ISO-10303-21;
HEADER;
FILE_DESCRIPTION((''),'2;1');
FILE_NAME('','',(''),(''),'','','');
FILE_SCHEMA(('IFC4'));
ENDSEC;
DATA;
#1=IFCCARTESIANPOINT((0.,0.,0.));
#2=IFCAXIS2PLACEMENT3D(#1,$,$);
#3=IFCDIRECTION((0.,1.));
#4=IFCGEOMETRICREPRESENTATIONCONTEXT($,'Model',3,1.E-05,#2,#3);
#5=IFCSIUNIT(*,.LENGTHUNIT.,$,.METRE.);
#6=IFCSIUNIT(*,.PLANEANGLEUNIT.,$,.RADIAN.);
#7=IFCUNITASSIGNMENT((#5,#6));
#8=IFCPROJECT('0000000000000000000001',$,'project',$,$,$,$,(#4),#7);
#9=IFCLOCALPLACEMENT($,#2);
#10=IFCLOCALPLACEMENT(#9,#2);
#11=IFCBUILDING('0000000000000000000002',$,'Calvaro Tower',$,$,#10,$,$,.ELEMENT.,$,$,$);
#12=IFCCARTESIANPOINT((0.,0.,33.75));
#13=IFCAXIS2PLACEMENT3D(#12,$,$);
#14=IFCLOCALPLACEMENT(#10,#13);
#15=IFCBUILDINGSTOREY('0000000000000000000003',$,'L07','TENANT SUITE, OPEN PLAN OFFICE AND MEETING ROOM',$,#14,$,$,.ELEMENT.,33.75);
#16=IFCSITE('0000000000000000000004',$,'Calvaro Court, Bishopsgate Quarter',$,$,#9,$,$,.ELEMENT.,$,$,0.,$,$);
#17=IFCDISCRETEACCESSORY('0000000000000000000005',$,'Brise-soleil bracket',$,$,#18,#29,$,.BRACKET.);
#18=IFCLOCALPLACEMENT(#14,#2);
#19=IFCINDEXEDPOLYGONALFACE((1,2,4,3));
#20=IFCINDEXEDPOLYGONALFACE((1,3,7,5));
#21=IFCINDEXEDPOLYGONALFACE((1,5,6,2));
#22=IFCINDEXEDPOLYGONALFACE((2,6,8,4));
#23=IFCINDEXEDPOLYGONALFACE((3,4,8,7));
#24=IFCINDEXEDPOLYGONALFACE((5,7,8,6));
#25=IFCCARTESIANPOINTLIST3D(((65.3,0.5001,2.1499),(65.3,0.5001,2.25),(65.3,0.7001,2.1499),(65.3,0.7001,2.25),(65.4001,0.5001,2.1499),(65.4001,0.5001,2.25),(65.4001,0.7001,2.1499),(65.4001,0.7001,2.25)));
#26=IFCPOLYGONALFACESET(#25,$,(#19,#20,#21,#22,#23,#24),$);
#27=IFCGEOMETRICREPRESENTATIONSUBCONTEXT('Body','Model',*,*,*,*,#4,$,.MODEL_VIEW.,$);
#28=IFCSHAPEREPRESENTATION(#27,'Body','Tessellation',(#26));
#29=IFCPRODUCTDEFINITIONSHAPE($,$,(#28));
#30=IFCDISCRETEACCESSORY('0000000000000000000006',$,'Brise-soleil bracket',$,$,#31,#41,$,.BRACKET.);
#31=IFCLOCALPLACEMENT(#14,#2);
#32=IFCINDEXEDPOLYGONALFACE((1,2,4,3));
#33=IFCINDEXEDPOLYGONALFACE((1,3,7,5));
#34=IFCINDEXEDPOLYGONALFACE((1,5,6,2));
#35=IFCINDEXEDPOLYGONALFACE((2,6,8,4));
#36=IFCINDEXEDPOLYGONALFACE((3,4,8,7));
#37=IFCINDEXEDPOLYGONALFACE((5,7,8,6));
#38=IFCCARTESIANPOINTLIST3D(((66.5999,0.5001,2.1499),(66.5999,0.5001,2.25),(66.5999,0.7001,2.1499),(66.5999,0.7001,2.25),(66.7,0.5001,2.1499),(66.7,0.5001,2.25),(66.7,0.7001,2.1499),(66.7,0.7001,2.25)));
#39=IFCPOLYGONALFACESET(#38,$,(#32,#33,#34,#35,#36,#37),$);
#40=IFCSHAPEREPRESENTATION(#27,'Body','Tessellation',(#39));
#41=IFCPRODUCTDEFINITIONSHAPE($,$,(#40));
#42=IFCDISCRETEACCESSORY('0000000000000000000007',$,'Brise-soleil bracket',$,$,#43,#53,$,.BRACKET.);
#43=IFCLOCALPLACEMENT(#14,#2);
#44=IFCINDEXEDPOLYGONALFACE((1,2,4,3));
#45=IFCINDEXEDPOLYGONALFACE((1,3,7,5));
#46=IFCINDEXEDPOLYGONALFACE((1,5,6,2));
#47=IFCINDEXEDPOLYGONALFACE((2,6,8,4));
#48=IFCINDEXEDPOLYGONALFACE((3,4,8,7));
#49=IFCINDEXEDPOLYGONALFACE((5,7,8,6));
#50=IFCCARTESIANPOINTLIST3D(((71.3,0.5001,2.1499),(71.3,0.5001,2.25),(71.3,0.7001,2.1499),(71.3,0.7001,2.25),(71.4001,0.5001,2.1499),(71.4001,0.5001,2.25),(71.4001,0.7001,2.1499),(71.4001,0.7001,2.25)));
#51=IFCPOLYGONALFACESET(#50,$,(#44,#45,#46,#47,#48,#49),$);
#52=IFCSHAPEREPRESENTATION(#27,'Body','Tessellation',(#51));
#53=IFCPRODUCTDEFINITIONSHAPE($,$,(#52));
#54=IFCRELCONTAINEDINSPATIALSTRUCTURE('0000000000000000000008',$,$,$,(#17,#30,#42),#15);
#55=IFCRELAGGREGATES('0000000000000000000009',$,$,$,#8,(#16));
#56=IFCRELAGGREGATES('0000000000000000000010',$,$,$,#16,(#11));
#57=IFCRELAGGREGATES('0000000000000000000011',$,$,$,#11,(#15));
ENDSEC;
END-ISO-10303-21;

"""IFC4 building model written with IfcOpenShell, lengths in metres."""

from ifc_helpers import new_model, si_unit, direction, frame, origin, origin_2d, place, context, subcontext, project, spatial, rectangle, extrude, element, save


model = new_model("IFC4")

# Units and contexts
model_context = context("Model", 3, precision=1e-05, world=origin(), true_north=direction((0.0, 1.0)))
body_context = subcontext(model_context, "Body", "Model", "MODEL_VIEW")
ifc_project = project(units=[si_unit("LENGTHUNIT", "METRE"), si_unit("PLANEANGLEUNIT", "RADIAN")], contexts=[model_context])

# Site, building, storey
site_placement = place(None, origin())
site = spatial("IfcSite", under=ifc_project, at=site_placement, Name="Calvaro Court, Bishopsgate Quarter", CompositionType="ELEMENT", RefElevation=0.0)
building_placement = place(site_placement, origin())
building = spatial("IfcBuilding", under=site, at=building_placement, Name="Calvaro Tower", CompositionType="ELEMENT")
storey_placement = place(building_placement, frame((0.0, 0.0, 33.75)))
storey = spatial("IfcBuildingStorey", under=building, at=storey_placement, Name="L07", Description="TENANT SUITE, OPEN PLAN OFFICE AND MEETING ROOM", CompositionType="ELEMENT", Elevation=33.75)

# Discrete accessories
for number, where, z_axis, x_axis, name in (
    (1, (65.3501, 0.6001, 2.1499), (0.0, 0.0, 1.0), (1.0, 0.0, 0.0), "Brise-soleil bracket"),
    (2, (66.6499, 0.6001, 2.1499), (0.0, 0.0, 1.0), (1.0, 0.0, 0.0), "Brise-soleil bracket"),
    (3, (71.3501, 0.6001, 2.1499), (0.0, 0.0, 1.0), (1.0, 0.0, 0.0), "Brise-soleil bracket"),
):
    element("IfcDiscreteAccessory", number, at=place(storey_placement, frame(where, z_axis=z_axis, x_axis=x_axis)), inside=storey, Name=name, PredefinedType="BRACKET", context=body_context, shape_type="SweptSolid", body=[
        extrude(rectangle(XDim=0.1001, YDim=0.2, at=origin_2d()), origin(), (0.0, 0.0, 1.0), 0.1001),
    ])

save(model, "model.ifc")
